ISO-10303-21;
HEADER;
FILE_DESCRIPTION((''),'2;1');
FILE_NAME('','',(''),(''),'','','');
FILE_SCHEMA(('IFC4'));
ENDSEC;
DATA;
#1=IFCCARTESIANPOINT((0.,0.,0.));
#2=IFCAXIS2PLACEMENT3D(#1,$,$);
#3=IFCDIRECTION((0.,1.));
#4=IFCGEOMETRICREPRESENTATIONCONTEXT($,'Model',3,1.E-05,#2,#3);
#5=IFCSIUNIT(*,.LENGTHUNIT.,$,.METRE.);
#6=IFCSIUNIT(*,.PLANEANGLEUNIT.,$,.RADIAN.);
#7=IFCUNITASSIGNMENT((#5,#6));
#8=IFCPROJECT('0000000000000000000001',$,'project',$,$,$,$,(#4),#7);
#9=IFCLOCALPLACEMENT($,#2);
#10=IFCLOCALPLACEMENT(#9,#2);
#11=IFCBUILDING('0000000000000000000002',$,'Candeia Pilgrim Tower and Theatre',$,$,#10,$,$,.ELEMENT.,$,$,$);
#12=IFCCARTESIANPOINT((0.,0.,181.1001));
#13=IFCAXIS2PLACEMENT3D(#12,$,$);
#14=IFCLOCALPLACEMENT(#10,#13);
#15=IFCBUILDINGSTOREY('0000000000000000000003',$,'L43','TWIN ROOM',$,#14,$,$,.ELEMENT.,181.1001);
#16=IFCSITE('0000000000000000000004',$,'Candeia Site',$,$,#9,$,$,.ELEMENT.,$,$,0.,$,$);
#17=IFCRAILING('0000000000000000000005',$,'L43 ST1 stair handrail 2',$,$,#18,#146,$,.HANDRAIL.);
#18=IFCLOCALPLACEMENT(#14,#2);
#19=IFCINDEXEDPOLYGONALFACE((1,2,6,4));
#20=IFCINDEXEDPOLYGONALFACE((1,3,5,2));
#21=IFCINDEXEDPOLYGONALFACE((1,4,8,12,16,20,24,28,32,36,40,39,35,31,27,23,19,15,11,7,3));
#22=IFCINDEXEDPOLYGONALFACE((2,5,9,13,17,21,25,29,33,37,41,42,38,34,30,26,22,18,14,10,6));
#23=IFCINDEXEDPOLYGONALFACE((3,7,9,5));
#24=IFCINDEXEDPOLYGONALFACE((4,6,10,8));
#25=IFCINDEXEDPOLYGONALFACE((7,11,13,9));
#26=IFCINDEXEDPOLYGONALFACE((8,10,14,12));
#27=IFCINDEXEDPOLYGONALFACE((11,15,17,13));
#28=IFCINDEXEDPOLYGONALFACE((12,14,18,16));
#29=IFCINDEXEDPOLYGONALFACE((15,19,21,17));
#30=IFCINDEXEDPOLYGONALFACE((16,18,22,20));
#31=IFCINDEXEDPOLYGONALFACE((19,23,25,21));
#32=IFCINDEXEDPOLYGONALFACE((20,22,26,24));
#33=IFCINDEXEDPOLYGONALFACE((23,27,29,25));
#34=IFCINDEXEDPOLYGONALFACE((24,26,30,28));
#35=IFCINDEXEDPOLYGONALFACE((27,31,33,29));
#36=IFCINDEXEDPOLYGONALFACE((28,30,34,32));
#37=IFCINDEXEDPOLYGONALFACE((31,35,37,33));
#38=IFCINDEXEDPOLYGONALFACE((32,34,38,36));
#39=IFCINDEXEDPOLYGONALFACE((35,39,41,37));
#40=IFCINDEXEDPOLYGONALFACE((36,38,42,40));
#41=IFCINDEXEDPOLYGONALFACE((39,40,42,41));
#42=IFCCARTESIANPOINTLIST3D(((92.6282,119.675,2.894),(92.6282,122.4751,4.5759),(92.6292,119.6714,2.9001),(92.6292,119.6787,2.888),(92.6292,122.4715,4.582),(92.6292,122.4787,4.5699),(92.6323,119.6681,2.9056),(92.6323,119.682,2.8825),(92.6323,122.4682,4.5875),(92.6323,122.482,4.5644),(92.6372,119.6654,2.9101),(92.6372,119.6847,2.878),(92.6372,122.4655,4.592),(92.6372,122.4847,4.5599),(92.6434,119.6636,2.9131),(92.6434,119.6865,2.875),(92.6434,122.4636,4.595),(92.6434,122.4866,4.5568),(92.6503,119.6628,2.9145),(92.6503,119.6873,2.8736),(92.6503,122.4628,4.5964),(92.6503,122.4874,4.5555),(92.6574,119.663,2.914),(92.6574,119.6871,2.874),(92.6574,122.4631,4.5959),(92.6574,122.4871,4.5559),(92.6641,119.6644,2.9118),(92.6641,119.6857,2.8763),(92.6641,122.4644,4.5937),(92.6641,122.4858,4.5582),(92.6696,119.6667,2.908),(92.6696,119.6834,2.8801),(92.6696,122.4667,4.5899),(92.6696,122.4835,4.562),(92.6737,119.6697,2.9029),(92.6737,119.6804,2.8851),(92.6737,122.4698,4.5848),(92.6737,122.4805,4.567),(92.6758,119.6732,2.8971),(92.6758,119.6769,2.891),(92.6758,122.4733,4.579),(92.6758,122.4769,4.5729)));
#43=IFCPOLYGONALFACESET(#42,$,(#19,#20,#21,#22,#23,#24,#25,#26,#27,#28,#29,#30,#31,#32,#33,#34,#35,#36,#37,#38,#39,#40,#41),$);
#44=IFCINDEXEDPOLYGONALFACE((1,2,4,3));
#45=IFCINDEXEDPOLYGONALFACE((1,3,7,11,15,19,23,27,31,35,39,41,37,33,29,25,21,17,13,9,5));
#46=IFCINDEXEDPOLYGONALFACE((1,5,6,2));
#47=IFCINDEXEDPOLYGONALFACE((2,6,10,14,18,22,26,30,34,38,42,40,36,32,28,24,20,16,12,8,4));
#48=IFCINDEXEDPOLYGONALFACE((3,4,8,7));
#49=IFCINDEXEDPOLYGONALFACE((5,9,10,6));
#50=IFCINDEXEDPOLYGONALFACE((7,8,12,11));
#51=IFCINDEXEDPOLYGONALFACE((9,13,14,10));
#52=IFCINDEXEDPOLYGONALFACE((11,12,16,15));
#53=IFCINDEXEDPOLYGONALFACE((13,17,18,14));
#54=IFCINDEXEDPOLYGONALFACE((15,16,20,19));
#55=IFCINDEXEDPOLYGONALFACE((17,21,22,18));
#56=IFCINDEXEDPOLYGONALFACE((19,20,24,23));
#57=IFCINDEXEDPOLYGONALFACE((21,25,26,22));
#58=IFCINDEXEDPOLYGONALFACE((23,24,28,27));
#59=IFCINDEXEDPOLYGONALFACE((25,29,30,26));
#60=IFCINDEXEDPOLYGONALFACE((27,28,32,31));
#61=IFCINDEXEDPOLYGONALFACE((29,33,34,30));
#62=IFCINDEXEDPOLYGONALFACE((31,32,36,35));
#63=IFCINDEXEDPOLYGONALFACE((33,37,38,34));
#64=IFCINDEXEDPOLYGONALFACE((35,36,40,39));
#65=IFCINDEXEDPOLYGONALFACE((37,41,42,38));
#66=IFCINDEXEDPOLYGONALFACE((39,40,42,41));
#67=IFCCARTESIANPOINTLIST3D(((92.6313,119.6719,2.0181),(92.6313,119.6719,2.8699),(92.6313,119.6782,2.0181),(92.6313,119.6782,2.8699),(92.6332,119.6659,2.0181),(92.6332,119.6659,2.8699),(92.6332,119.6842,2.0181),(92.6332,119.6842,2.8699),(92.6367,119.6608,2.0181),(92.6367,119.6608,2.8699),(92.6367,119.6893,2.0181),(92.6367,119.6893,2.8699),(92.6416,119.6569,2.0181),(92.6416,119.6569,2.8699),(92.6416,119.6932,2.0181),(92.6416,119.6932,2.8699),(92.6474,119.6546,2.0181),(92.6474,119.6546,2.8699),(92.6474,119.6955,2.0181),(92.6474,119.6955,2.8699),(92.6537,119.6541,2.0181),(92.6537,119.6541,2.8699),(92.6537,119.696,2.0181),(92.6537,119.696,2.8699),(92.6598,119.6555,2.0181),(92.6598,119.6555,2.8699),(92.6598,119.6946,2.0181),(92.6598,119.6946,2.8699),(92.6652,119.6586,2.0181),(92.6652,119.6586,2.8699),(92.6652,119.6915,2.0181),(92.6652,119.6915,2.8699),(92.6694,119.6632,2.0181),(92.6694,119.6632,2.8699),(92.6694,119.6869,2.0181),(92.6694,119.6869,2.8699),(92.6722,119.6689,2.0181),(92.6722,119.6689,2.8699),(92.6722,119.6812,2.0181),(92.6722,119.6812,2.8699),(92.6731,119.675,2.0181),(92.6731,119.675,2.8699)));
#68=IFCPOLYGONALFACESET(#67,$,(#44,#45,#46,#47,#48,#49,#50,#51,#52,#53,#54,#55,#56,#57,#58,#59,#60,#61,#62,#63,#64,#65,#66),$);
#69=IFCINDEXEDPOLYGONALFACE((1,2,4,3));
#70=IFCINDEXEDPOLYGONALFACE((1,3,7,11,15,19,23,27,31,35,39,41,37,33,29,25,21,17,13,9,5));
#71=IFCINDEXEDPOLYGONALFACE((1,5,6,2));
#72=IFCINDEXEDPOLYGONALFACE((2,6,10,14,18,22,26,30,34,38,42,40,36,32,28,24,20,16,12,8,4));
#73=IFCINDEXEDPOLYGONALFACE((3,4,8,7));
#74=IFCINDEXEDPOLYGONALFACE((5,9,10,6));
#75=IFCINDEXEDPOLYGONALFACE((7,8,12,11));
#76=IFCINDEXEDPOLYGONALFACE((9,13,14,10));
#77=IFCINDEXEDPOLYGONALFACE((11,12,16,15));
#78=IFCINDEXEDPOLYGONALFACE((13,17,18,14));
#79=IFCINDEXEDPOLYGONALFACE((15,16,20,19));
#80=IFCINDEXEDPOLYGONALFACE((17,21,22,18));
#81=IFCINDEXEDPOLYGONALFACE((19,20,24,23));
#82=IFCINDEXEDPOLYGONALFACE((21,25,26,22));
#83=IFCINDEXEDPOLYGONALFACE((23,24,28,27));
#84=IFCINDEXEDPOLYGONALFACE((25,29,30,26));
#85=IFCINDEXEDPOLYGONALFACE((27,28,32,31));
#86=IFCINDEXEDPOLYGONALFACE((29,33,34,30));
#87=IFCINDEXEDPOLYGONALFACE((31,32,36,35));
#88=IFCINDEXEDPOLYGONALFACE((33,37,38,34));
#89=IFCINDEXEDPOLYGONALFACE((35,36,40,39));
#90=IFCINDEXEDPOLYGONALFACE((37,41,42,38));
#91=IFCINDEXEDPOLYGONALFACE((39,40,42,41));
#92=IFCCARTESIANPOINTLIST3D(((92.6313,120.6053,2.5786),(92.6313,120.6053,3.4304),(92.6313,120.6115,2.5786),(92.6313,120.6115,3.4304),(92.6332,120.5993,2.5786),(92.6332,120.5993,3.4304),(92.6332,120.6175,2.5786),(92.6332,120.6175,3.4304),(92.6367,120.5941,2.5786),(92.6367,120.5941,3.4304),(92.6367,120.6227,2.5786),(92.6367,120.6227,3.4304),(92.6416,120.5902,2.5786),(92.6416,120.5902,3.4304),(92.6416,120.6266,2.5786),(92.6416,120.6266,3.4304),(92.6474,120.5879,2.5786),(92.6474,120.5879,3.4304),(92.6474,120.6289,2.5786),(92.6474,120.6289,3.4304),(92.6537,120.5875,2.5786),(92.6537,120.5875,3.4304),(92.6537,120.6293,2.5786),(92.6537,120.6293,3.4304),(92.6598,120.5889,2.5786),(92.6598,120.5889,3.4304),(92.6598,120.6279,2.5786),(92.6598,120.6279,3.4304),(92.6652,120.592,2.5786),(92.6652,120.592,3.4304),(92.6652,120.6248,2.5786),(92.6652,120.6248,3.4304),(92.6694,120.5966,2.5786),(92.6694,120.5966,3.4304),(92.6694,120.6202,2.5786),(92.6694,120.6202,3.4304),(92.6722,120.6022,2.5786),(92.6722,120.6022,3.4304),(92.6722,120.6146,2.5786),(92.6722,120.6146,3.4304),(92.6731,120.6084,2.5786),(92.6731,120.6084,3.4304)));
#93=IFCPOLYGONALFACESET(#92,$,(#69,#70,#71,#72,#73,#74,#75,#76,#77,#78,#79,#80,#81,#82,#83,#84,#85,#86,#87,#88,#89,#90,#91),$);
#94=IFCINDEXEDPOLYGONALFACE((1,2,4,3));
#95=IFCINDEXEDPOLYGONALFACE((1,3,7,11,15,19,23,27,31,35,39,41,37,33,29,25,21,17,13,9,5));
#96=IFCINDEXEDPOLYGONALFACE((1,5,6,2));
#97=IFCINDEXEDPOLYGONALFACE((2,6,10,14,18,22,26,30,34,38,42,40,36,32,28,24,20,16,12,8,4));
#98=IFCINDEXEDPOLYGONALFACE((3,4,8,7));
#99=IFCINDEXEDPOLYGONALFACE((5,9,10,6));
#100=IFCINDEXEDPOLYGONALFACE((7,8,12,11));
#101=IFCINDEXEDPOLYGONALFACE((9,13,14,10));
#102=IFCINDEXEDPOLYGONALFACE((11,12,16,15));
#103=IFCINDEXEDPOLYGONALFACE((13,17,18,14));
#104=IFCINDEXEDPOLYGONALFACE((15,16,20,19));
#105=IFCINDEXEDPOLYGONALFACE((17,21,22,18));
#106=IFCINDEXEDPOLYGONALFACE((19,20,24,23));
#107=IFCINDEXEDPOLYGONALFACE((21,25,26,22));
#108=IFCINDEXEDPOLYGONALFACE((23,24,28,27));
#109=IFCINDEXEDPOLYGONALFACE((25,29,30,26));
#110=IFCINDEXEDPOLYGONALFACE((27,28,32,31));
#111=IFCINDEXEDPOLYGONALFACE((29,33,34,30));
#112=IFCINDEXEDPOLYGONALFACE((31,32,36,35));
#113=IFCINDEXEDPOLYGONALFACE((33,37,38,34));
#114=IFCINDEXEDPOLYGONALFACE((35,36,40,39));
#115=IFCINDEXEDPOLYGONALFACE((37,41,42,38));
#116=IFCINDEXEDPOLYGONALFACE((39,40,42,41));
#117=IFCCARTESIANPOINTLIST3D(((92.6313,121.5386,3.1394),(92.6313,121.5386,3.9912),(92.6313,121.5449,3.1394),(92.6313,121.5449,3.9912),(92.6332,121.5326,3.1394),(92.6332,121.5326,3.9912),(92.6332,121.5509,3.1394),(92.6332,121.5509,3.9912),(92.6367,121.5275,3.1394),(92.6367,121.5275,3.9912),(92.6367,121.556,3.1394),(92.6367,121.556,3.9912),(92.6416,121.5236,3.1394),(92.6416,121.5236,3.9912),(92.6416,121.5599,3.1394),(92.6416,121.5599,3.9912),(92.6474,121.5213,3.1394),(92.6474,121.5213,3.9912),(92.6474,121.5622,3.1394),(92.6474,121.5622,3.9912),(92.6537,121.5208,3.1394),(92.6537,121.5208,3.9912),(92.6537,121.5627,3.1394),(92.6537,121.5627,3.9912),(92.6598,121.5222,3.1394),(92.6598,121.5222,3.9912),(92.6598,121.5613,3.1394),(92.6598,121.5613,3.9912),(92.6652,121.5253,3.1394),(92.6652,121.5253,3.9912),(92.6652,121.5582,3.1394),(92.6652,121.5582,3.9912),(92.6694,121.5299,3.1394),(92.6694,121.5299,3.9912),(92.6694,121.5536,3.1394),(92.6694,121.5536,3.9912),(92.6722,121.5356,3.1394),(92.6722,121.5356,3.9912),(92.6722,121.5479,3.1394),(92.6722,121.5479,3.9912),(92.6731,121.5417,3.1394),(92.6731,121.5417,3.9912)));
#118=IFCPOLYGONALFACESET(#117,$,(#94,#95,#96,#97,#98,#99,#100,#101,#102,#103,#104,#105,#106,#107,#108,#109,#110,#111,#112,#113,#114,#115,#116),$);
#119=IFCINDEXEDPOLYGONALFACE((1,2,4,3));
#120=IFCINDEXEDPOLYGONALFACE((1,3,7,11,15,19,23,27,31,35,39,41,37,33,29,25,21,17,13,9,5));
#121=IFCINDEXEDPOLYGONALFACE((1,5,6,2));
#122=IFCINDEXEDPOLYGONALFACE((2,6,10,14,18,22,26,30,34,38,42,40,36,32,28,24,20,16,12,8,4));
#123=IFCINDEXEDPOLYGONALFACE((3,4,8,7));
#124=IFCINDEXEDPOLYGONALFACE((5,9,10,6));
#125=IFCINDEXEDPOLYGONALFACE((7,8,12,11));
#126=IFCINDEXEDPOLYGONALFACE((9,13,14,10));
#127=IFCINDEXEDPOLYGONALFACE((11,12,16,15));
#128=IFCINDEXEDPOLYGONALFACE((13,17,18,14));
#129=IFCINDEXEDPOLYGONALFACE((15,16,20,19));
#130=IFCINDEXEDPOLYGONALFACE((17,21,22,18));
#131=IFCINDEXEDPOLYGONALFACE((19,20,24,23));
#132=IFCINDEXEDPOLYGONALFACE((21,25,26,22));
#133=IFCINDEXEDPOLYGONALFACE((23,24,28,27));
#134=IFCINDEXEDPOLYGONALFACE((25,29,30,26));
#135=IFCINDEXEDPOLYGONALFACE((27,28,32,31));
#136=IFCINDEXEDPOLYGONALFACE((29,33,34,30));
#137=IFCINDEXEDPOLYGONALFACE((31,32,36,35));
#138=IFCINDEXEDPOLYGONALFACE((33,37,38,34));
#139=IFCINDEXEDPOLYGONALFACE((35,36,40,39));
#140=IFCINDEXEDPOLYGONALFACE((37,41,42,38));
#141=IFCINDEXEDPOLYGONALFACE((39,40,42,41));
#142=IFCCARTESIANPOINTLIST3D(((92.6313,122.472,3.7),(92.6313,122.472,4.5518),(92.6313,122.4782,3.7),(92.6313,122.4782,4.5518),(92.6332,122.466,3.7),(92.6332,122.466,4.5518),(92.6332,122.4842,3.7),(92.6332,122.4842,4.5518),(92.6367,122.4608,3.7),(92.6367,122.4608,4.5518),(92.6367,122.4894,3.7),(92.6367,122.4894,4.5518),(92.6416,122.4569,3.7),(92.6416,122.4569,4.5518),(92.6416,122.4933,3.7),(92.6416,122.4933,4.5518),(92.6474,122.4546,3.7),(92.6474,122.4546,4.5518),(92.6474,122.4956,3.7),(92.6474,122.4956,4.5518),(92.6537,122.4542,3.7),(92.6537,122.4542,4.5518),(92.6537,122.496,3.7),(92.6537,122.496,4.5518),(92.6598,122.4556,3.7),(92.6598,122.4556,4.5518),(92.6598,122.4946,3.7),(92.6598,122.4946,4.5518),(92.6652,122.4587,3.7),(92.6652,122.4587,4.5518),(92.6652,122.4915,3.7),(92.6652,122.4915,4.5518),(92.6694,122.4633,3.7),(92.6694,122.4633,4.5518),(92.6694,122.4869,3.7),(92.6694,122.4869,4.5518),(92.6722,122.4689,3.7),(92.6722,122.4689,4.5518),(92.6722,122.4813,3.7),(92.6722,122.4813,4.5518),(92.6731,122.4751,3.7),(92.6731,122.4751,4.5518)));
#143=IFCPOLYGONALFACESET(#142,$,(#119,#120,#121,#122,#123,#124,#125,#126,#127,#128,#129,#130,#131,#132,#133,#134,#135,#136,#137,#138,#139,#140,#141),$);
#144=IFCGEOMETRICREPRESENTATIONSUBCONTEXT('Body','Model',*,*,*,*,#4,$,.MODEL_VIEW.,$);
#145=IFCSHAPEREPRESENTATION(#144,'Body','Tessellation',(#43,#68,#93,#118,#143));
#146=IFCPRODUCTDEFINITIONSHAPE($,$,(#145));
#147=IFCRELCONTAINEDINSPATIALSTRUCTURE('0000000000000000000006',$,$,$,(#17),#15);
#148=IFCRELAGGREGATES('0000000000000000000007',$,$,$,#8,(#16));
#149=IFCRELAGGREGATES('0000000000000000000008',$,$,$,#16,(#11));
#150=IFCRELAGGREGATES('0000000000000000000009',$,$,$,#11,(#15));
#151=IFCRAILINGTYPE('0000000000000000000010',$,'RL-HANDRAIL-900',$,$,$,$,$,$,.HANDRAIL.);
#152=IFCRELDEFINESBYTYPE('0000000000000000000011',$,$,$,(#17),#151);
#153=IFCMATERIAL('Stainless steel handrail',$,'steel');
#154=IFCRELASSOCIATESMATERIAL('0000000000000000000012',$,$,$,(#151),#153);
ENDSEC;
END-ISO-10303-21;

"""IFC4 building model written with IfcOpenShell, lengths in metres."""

from ifc_helpers import new_model, si_unit, direction, frame, origin, origin_2d, place, context, subcontext, project, spatial, circle, extrude, material, type_object, element, save


model = new_model("IFC4")

# Units and contexts
model_context = context("Model", 3, precision=1e-05, world=origin(), true_north=direction((0.0, 1.0)))
body_context = subcontext(model_context, "Body", "Model", "MODEL_VIEW")
ifc_project = project(units=[si_unit("LENGTHUNIT", "METRE"), si_unit("PLANEANGLEUNIT", "RADIAN")], contexts=[model_context])

# Site, building, storey
site_placement = place(None, origin())
site = spatial("IfcSite", under=ifc_project, at=site_placement, Name="Candeia Site", CompositionType="ELEMENT", RefElevation=0.0)
building_placement = place(site_placement, origin())
building = spatial("IfcBuilding", under=site, at=building_placement, Name="Candeia Pilgrim Tower and Theatre", CompositionType="ELEMENT")
storey_placement = place(building_placement, frame((0.0, 0.0, 181.1001)))
storey = spatial("IfcBuildingStorey", under=building, at=storey_placement, Name="L43", Description="TWIN ROOM", CompositionType="ELEMENT", Elevation=181.1001)

# Railing
ifc_material_1 = material(Name="Stainless steel handrail", Category="steel")
railing_type_1 = type_object("IfcRailingType", Name="RL-HANDRAIL-900", PredefinedType="HANDRAIL", material=ifc_material_1)
railing_1_placement = place(storey_placement, frame((92.6521, 119.675, 2.0181)))
element("IfcRailing", 1, at=railing_1_placement, inside=storey, type_object=railing_type_1, Name="L43 ST1 stair handrail 2", PredefinedType="HANDRAIL", context=body_context, shape_type="SweptSolid", body=[
    extrude(circle(Radius=0.0239, at=origin_2d()), frame((0.0, 0.0, 0.876), z_axis=(0.0, 0.857242, 0.514913), x_axis=(-1.0, 0.0, 0.0)), (0.0, 0.0, 1.0), 3.2664),
    extrude(circle(Radius=0.021, at=origin_2d()), origin(), (0.0, 0.0, 1.0), 0.8518),
    extrude(circle(Radius=0.021, at=origin_2d()), frame((0.0, 0.9333, 0.5605)), (0.0, 0.0, 1.0), 0.8518),
    extrude(circle(Radius=0.021, at=origin_2d()), frame((0.0, 1.8667, 1.1213)), (0.0, 0.0, 1.0), 0.8518),
    extrude(circle(Radius=0.021, at=origin_2d()), frame((0.0, 2.8, 1.6819)), (0.0, 0.0, 1.0), 0.8518),
])

save(model, "model.ifc")
